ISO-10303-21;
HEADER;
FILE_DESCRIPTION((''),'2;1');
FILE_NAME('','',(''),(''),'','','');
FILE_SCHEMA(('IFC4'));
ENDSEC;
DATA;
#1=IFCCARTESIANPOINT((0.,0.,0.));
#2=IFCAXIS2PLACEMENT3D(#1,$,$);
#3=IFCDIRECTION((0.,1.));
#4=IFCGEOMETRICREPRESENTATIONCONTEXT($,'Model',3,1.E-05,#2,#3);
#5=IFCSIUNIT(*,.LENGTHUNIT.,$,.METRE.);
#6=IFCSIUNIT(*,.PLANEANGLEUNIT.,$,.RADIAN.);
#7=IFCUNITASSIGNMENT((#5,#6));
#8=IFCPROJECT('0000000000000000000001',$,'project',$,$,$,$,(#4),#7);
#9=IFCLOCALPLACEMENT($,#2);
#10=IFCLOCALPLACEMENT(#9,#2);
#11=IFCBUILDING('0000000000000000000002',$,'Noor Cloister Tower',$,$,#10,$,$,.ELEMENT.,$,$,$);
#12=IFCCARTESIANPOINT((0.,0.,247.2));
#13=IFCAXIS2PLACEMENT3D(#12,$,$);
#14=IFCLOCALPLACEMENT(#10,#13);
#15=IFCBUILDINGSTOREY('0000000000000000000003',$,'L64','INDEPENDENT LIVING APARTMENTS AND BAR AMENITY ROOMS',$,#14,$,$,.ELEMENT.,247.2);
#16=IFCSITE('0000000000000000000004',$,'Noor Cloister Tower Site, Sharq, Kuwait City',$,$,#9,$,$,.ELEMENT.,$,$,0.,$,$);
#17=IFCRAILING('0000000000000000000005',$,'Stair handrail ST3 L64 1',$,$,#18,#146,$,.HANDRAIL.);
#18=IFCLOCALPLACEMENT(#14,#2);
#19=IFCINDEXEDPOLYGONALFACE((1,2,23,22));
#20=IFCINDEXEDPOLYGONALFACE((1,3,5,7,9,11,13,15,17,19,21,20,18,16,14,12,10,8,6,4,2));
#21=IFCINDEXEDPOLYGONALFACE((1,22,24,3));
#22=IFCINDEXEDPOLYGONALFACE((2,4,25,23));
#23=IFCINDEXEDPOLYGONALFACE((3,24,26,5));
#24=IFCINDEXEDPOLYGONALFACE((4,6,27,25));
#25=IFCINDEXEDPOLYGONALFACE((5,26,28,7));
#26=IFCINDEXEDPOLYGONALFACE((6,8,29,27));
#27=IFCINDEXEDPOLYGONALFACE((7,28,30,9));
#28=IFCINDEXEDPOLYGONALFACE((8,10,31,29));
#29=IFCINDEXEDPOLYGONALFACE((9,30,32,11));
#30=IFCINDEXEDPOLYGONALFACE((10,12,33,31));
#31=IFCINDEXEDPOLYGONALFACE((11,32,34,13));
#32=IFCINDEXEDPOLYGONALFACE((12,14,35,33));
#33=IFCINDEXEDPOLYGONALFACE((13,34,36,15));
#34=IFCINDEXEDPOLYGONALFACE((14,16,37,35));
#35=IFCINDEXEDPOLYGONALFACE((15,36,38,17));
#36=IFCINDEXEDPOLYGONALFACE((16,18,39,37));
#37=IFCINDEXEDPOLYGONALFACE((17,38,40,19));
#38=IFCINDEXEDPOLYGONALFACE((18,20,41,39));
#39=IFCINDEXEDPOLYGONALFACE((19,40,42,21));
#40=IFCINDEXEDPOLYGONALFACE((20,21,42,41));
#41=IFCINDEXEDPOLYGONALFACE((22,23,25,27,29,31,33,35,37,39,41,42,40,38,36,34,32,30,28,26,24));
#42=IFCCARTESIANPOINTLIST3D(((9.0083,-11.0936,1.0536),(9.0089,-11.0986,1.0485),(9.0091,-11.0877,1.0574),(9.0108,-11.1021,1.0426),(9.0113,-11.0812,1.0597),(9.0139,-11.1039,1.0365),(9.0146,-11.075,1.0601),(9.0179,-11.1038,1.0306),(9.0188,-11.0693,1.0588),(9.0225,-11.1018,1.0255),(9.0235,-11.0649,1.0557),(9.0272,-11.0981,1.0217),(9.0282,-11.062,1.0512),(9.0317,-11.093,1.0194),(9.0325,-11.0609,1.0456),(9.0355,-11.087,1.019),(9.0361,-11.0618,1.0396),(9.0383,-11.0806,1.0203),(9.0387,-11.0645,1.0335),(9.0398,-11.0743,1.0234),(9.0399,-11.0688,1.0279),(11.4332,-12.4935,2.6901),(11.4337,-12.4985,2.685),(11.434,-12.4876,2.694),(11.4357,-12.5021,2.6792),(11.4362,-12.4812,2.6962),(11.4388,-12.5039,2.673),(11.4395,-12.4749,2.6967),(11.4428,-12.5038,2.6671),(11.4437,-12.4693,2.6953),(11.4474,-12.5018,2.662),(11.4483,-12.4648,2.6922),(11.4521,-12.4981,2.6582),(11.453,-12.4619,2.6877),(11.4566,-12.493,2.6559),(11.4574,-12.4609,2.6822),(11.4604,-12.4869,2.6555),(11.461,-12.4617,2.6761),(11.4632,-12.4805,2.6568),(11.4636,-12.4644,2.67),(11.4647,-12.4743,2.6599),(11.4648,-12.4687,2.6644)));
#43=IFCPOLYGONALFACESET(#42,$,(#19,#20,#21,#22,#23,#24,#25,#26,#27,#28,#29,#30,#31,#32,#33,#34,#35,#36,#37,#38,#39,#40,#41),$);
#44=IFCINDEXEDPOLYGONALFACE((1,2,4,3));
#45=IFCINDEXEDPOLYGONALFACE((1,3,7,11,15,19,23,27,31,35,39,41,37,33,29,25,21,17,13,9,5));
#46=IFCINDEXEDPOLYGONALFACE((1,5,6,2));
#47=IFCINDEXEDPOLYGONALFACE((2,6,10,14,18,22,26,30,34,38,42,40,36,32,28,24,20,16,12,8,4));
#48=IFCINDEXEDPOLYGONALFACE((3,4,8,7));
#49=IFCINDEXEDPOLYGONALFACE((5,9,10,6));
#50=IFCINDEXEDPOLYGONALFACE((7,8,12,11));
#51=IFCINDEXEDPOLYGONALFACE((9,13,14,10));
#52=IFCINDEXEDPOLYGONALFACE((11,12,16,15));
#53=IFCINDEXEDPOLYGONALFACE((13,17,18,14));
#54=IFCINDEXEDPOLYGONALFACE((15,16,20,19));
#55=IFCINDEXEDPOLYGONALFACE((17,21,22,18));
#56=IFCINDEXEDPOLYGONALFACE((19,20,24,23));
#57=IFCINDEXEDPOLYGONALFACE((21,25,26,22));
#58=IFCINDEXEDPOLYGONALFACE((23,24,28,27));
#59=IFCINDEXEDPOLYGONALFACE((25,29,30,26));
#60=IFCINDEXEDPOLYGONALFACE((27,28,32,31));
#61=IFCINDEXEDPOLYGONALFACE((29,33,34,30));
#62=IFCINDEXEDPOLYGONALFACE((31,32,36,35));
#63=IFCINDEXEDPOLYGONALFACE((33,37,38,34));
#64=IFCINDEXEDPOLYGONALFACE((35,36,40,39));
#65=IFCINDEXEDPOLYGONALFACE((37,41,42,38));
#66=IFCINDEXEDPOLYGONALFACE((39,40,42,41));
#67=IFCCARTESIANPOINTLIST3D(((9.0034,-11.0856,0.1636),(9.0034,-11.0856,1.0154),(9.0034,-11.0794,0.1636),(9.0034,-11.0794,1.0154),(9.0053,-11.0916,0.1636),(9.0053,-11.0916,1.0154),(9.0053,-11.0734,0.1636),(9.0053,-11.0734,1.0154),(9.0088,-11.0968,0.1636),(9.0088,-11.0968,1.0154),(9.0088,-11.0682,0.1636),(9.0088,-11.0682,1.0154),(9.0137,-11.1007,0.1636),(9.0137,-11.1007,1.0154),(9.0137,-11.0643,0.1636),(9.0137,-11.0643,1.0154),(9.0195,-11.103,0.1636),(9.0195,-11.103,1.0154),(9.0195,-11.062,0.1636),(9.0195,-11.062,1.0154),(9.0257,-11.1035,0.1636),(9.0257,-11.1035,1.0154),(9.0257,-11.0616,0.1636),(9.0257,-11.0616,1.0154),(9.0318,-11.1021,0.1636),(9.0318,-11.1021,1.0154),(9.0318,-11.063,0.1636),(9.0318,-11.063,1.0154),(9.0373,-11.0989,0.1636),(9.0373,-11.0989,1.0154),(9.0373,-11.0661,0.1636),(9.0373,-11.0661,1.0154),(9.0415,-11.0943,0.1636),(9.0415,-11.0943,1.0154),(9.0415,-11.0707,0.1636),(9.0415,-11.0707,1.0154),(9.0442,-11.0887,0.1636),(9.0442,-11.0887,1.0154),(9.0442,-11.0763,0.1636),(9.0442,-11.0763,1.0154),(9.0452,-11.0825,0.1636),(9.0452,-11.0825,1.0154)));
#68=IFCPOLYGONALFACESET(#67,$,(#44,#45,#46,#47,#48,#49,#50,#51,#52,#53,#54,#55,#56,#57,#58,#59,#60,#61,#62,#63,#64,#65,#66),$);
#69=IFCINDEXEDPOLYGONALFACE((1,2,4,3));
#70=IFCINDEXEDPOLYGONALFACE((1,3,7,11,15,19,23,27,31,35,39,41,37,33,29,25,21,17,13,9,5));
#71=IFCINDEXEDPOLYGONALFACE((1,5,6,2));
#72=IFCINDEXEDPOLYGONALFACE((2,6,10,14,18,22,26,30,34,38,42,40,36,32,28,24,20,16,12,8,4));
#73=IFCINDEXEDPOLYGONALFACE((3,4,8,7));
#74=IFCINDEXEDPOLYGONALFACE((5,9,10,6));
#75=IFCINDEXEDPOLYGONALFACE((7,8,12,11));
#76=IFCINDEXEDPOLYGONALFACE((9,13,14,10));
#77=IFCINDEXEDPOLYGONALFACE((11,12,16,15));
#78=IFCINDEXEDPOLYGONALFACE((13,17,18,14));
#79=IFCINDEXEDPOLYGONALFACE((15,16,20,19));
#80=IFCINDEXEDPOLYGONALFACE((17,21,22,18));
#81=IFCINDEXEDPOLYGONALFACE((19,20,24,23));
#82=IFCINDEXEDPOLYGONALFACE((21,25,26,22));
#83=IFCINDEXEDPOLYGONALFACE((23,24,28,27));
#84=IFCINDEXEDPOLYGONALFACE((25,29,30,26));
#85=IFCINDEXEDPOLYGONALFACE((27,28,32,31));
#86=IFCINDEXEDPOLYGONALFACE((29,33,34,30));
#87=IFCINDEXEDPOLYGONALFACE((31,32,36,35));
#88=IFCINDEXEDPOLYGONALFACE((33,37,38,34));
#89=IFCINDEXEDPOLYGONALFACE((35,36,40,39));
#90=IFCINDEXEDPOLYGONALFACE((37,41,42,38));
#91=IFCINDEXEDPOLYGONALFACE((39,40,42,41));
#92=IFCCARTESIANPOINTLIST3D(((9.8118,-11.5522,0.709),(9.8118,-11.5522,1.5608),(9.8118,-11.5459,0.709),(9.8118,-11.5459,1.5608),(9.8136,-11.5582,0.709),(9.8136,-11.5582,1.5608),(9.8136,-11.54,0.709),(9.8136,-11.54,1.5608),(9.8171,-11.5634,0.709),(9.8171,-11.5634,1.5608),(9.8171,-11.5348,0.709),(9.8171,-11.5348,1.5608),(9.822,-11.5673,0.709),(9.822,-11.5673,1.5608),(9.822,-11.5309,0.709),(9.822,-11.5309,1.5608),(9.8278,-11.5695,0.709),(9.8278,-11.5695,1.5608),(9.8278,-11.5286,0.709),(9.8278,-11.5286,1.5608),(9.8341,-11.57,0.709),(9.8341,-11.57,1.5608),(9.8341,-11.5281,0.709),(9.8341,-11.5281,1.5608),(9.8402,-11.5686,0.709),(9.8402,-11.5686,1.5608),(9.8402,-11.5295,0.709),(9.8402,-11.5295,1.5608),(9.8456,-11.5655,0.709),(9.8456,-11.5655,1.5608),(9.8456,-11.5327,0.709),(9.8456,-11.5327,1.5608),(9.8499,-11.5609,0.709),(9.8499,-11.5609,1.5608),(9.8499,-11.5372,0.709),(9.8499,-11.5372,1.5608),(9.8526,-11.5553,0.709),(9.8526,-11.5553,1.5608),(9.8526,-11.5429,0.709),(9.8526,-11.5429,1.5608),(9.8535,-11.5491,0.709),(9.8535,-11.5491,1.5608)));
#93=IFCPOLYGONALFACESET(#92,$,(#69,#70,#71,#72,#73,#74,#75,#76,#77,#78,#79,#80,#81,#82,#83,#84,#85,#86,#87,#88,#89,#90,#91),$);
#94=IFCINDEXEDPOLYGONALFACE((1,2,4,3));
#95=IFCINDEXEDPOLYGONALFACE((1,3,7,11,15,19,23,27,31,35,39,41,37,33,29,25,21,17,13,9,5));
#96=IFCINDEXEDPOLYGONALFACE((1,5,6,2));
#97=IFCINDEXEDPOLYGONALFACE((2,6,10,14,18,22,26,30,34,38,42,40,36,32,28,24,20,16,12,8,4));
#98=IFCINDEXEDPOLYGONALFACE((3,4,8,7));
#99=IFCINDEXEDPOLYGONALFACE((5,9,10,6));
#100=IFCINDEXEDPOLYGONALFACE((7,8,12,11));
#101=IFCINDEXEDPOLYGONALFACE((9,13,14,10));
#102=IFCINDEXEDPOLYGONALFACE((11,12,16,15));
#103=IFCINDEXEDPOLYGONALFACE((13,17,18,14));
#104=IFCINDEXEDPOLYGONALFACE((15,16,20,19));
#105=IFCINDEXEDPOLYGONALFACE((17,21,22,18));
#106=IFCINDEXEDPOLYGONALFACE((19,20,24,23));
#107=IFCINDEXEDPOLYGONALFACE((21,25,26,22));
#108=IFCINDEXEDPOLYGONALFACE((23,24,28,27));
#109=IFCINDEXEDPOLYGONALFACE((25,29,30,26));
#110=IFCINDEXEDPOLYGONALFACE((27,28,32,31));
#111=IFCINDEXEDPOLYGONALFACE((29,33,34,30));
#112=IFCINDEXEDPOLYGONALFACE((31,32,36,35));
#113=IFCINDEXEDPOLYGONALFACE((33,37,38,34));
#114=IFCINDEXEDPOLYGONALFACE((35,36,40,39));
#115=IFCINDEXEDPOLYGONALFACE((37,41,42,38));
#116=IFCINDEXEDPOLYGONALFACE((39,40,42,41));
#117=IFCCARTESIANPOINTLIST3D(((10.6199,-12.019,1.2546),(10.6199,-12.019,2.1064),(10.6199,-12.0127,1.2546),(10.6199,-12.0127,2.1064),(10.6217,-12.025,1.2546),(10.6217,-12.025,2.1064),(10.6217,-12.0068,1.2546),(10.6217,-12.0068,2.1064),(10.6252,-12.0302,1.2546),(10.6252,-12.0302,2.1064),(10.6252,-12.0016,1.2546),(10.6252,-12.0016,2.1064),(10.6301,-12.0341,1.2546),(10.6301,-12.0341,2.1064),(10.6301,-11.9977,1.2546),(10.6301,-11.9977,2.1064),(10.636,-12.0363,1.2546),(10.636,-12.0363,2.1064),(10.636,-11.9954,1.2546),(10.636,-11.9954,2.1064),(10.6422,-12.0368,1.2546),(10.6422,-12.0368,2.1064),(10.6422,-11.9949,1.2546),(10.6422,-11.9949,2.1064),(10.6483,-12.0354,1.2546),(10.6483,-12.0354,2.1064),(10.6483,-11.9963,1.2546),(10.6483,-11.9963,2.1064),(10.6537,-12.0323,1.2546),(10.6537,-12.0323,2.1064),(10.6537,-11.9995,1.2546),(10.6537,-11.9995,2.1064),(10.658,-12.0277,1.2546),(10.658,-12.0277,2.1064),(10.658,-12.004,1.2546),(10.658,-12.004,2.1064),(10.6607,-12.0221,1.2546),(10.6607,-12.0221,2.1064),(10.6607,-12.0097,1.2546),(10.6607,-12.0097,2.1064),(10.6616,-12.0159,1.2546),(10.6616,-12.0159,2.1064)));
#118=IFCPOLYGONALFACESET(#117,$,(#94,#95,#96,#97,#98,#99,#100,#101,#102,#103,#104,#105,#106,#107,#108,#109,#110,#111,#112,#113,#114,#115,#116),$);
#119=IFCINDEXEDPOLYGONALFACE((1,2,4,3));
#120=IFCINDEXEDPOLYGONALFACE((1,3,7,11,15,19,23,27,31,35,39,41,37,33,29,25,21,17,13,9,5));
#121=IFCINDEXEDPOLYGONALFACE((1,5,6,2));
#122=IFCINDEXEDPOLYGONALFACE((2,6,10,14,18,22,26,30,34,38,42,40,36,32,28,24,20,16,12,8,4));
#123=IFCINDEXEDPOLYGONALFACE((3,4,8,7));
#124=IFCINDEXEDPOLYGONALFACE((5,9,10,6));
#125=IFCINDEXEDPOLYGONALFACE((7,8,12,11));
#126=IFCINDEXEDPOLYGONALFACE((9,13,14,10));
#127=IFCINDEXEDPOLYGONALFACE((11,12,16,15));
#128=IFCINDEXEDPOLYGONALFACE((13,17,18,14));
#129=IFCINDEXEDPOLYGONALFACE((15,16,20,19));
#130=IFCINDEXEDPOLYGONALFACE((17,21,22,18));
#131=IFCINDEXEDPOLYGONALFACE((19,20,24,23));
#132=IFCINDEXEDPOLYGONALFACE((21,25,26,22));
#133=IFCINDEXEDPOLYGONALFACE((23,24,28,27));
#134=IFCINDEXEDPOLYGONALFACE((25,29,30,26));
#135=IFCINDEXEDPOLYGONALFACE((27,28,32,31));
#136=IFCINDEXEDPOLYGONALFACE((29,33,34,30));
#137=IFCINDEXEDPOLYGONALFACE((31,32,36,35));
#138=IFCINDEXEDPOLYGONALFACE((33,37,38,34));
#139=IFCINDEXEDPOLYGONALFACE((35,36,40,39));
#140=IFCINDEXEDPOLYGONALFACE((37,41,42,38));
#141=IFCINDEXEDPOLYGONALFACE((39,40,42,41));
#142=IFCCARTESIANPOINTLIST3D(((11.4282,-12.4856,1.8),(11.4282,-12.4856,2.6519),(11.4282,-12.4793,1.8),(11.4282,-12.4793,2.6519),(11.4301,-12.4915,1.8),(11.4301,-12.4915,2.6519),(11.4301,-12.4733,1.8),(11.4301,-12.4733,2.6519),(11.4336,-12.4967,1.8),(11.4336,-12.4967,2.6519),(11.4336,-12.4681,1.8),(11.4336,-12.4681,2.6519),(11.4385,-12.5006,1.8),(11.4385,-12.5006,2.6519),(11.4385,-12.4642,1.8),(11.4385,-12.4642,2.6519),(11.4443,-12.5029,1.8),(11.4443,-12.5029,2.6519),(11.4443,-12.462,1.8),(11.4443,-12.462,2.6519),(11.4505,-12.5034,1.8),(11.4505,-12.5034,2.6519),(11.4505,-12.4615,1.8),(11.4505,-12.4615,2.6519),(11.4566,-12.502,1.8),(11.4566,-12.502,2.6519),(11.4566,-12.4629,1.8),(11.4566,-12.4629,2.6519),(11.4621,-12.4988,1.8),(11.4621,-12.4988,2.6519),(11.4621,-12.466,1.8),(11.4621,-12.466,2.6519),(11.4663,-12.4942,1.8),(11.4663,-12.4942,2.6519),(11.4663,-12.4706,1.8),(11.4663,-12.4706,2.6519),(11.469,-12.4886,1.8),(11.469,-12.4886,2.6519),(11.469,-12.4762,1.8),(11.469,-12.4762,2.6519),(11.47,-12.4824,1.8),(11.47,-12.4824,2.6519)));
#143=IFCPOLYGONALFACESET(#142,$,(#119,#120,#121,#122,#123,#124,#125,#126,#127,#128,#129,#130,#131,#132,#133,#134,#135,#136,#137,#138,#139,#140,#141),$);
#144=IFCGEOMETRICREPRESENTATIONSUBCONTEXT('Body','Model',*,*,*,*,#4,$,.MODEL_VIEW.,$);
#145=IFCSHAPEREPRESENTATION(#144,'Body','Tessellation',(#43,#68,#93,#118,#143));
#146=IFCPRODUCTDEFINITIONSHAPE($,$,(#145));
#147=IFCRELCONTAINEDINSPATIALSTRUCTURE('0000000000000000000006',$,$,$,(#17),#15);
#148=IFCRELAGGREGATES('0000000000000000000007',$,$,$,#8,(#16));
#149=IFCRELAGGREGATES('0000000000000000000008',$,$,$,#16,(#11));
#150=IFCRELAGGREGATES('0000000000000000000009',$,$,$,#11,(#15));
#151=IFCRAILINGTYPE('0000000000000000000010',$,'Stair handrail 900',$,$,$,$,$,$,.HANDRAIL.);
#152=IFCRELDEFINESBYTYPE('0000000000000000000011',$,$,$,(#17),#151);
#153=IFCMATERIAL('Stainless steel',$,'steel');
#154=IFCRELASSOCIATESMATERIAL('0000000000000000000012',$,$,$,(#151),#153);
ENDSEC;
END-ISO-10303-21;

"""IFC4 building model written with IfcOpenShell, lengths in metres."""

from ifc_helpers import new_model, si_unit, direction, frame, origin, origin_2d, place, context, subcontext, project, spatial, circle, extrude, material, type_object, element, save


model = new_model("IFC4")

# Units and contexts
model_context = context("Model", 3, precision=1e-05, world=origin(), true_north=direction((0.0, 1.0)))
body_context = subcontext(model_context, "Body", "Model", "MODEL_VIEW")
ifc_project = project(units=[si_unit("LENGTHUNIT", "METRE"), si_unit("PLANEANGLEUNIT", "RADIAN")], contexts=[model_context])

# Site, building, storey
site_placement = place(None, origin())
site = spatial("IfcSite", under=ifc_project, at=site_placement, Name="Noor Cloister Tower Site, Sharq, Kuwait City", CompositionType="ELEMENT", RefElevation=0.0)
building_placement = place(site_placement, origin())
building = spatial("IfcBuilding", under=site, at=building_placement, Name="Noor Cloister Tower", CompositionType="ELEMENT")
storey_placement = place(building_placement, frame((0.0, 0.0, 247.2)))
storey = spatial("IfcBuildingStorey", under=building, at=storey_placement, Name="L64", Description="INDEPENDENT LIVING APARTMENTS AND BAR AMENITY ROOMS", CompositionType="ELEMENT", Elevation=247.2)

# Railing
ifc_material_1 = material(Name="Stainless steel", Category="steel")
railing_type_1 = type_object("IfcRailingType", Name="Stair handrail 900", PredefinedType="HANDRAIL", material=ifc_material_1)
railing_1_placement = place(storey_placement, frame((9.0242, -11.0825, 0.1636)))
element("IfcRailing", 1, at=railing_1_placement, inside=storey, type_object=railing_type_1, Name="Stair handrail ST3 L64 1", PredefinedType="HANDRAIL", context=body_context, shape_type="SweptSolid", body=[
    extrude(circle(Radius=0.0239, at=origin_2d()), frame((0.0, 0.0, 0.876), z_axis=(0.74769, -0.431661, 0.504608), x_axis=(0.499984, 0.866035, 0.0)), (0.0, 0.0, 1.0), 3.2432),
    extrude(circle(Radius=0.021, at=origin_2d()), origin(), (0.0, 0.0, 1.0), 0.8518),
    extrude(circle(Radius=0.021, at=origin_2d()), frame((0.8083, -0.4666, 0.5454)), (0.0, 0.0, 1.0), 0.8518),
    extrude(circle(Radius=0.021, at=origin_2d()), frame((1.6165, -0.9333, 1.0911)), (0.0, 0.0, 1.0), 0.8518),
    extrude(circle(Radius=0.021, at=origin_2d()), frame((2.4248, -1.3999, 1.6365)), (0.0, 0.0, 1.0), 0.8518),
])

save(model, "model.ifc")
